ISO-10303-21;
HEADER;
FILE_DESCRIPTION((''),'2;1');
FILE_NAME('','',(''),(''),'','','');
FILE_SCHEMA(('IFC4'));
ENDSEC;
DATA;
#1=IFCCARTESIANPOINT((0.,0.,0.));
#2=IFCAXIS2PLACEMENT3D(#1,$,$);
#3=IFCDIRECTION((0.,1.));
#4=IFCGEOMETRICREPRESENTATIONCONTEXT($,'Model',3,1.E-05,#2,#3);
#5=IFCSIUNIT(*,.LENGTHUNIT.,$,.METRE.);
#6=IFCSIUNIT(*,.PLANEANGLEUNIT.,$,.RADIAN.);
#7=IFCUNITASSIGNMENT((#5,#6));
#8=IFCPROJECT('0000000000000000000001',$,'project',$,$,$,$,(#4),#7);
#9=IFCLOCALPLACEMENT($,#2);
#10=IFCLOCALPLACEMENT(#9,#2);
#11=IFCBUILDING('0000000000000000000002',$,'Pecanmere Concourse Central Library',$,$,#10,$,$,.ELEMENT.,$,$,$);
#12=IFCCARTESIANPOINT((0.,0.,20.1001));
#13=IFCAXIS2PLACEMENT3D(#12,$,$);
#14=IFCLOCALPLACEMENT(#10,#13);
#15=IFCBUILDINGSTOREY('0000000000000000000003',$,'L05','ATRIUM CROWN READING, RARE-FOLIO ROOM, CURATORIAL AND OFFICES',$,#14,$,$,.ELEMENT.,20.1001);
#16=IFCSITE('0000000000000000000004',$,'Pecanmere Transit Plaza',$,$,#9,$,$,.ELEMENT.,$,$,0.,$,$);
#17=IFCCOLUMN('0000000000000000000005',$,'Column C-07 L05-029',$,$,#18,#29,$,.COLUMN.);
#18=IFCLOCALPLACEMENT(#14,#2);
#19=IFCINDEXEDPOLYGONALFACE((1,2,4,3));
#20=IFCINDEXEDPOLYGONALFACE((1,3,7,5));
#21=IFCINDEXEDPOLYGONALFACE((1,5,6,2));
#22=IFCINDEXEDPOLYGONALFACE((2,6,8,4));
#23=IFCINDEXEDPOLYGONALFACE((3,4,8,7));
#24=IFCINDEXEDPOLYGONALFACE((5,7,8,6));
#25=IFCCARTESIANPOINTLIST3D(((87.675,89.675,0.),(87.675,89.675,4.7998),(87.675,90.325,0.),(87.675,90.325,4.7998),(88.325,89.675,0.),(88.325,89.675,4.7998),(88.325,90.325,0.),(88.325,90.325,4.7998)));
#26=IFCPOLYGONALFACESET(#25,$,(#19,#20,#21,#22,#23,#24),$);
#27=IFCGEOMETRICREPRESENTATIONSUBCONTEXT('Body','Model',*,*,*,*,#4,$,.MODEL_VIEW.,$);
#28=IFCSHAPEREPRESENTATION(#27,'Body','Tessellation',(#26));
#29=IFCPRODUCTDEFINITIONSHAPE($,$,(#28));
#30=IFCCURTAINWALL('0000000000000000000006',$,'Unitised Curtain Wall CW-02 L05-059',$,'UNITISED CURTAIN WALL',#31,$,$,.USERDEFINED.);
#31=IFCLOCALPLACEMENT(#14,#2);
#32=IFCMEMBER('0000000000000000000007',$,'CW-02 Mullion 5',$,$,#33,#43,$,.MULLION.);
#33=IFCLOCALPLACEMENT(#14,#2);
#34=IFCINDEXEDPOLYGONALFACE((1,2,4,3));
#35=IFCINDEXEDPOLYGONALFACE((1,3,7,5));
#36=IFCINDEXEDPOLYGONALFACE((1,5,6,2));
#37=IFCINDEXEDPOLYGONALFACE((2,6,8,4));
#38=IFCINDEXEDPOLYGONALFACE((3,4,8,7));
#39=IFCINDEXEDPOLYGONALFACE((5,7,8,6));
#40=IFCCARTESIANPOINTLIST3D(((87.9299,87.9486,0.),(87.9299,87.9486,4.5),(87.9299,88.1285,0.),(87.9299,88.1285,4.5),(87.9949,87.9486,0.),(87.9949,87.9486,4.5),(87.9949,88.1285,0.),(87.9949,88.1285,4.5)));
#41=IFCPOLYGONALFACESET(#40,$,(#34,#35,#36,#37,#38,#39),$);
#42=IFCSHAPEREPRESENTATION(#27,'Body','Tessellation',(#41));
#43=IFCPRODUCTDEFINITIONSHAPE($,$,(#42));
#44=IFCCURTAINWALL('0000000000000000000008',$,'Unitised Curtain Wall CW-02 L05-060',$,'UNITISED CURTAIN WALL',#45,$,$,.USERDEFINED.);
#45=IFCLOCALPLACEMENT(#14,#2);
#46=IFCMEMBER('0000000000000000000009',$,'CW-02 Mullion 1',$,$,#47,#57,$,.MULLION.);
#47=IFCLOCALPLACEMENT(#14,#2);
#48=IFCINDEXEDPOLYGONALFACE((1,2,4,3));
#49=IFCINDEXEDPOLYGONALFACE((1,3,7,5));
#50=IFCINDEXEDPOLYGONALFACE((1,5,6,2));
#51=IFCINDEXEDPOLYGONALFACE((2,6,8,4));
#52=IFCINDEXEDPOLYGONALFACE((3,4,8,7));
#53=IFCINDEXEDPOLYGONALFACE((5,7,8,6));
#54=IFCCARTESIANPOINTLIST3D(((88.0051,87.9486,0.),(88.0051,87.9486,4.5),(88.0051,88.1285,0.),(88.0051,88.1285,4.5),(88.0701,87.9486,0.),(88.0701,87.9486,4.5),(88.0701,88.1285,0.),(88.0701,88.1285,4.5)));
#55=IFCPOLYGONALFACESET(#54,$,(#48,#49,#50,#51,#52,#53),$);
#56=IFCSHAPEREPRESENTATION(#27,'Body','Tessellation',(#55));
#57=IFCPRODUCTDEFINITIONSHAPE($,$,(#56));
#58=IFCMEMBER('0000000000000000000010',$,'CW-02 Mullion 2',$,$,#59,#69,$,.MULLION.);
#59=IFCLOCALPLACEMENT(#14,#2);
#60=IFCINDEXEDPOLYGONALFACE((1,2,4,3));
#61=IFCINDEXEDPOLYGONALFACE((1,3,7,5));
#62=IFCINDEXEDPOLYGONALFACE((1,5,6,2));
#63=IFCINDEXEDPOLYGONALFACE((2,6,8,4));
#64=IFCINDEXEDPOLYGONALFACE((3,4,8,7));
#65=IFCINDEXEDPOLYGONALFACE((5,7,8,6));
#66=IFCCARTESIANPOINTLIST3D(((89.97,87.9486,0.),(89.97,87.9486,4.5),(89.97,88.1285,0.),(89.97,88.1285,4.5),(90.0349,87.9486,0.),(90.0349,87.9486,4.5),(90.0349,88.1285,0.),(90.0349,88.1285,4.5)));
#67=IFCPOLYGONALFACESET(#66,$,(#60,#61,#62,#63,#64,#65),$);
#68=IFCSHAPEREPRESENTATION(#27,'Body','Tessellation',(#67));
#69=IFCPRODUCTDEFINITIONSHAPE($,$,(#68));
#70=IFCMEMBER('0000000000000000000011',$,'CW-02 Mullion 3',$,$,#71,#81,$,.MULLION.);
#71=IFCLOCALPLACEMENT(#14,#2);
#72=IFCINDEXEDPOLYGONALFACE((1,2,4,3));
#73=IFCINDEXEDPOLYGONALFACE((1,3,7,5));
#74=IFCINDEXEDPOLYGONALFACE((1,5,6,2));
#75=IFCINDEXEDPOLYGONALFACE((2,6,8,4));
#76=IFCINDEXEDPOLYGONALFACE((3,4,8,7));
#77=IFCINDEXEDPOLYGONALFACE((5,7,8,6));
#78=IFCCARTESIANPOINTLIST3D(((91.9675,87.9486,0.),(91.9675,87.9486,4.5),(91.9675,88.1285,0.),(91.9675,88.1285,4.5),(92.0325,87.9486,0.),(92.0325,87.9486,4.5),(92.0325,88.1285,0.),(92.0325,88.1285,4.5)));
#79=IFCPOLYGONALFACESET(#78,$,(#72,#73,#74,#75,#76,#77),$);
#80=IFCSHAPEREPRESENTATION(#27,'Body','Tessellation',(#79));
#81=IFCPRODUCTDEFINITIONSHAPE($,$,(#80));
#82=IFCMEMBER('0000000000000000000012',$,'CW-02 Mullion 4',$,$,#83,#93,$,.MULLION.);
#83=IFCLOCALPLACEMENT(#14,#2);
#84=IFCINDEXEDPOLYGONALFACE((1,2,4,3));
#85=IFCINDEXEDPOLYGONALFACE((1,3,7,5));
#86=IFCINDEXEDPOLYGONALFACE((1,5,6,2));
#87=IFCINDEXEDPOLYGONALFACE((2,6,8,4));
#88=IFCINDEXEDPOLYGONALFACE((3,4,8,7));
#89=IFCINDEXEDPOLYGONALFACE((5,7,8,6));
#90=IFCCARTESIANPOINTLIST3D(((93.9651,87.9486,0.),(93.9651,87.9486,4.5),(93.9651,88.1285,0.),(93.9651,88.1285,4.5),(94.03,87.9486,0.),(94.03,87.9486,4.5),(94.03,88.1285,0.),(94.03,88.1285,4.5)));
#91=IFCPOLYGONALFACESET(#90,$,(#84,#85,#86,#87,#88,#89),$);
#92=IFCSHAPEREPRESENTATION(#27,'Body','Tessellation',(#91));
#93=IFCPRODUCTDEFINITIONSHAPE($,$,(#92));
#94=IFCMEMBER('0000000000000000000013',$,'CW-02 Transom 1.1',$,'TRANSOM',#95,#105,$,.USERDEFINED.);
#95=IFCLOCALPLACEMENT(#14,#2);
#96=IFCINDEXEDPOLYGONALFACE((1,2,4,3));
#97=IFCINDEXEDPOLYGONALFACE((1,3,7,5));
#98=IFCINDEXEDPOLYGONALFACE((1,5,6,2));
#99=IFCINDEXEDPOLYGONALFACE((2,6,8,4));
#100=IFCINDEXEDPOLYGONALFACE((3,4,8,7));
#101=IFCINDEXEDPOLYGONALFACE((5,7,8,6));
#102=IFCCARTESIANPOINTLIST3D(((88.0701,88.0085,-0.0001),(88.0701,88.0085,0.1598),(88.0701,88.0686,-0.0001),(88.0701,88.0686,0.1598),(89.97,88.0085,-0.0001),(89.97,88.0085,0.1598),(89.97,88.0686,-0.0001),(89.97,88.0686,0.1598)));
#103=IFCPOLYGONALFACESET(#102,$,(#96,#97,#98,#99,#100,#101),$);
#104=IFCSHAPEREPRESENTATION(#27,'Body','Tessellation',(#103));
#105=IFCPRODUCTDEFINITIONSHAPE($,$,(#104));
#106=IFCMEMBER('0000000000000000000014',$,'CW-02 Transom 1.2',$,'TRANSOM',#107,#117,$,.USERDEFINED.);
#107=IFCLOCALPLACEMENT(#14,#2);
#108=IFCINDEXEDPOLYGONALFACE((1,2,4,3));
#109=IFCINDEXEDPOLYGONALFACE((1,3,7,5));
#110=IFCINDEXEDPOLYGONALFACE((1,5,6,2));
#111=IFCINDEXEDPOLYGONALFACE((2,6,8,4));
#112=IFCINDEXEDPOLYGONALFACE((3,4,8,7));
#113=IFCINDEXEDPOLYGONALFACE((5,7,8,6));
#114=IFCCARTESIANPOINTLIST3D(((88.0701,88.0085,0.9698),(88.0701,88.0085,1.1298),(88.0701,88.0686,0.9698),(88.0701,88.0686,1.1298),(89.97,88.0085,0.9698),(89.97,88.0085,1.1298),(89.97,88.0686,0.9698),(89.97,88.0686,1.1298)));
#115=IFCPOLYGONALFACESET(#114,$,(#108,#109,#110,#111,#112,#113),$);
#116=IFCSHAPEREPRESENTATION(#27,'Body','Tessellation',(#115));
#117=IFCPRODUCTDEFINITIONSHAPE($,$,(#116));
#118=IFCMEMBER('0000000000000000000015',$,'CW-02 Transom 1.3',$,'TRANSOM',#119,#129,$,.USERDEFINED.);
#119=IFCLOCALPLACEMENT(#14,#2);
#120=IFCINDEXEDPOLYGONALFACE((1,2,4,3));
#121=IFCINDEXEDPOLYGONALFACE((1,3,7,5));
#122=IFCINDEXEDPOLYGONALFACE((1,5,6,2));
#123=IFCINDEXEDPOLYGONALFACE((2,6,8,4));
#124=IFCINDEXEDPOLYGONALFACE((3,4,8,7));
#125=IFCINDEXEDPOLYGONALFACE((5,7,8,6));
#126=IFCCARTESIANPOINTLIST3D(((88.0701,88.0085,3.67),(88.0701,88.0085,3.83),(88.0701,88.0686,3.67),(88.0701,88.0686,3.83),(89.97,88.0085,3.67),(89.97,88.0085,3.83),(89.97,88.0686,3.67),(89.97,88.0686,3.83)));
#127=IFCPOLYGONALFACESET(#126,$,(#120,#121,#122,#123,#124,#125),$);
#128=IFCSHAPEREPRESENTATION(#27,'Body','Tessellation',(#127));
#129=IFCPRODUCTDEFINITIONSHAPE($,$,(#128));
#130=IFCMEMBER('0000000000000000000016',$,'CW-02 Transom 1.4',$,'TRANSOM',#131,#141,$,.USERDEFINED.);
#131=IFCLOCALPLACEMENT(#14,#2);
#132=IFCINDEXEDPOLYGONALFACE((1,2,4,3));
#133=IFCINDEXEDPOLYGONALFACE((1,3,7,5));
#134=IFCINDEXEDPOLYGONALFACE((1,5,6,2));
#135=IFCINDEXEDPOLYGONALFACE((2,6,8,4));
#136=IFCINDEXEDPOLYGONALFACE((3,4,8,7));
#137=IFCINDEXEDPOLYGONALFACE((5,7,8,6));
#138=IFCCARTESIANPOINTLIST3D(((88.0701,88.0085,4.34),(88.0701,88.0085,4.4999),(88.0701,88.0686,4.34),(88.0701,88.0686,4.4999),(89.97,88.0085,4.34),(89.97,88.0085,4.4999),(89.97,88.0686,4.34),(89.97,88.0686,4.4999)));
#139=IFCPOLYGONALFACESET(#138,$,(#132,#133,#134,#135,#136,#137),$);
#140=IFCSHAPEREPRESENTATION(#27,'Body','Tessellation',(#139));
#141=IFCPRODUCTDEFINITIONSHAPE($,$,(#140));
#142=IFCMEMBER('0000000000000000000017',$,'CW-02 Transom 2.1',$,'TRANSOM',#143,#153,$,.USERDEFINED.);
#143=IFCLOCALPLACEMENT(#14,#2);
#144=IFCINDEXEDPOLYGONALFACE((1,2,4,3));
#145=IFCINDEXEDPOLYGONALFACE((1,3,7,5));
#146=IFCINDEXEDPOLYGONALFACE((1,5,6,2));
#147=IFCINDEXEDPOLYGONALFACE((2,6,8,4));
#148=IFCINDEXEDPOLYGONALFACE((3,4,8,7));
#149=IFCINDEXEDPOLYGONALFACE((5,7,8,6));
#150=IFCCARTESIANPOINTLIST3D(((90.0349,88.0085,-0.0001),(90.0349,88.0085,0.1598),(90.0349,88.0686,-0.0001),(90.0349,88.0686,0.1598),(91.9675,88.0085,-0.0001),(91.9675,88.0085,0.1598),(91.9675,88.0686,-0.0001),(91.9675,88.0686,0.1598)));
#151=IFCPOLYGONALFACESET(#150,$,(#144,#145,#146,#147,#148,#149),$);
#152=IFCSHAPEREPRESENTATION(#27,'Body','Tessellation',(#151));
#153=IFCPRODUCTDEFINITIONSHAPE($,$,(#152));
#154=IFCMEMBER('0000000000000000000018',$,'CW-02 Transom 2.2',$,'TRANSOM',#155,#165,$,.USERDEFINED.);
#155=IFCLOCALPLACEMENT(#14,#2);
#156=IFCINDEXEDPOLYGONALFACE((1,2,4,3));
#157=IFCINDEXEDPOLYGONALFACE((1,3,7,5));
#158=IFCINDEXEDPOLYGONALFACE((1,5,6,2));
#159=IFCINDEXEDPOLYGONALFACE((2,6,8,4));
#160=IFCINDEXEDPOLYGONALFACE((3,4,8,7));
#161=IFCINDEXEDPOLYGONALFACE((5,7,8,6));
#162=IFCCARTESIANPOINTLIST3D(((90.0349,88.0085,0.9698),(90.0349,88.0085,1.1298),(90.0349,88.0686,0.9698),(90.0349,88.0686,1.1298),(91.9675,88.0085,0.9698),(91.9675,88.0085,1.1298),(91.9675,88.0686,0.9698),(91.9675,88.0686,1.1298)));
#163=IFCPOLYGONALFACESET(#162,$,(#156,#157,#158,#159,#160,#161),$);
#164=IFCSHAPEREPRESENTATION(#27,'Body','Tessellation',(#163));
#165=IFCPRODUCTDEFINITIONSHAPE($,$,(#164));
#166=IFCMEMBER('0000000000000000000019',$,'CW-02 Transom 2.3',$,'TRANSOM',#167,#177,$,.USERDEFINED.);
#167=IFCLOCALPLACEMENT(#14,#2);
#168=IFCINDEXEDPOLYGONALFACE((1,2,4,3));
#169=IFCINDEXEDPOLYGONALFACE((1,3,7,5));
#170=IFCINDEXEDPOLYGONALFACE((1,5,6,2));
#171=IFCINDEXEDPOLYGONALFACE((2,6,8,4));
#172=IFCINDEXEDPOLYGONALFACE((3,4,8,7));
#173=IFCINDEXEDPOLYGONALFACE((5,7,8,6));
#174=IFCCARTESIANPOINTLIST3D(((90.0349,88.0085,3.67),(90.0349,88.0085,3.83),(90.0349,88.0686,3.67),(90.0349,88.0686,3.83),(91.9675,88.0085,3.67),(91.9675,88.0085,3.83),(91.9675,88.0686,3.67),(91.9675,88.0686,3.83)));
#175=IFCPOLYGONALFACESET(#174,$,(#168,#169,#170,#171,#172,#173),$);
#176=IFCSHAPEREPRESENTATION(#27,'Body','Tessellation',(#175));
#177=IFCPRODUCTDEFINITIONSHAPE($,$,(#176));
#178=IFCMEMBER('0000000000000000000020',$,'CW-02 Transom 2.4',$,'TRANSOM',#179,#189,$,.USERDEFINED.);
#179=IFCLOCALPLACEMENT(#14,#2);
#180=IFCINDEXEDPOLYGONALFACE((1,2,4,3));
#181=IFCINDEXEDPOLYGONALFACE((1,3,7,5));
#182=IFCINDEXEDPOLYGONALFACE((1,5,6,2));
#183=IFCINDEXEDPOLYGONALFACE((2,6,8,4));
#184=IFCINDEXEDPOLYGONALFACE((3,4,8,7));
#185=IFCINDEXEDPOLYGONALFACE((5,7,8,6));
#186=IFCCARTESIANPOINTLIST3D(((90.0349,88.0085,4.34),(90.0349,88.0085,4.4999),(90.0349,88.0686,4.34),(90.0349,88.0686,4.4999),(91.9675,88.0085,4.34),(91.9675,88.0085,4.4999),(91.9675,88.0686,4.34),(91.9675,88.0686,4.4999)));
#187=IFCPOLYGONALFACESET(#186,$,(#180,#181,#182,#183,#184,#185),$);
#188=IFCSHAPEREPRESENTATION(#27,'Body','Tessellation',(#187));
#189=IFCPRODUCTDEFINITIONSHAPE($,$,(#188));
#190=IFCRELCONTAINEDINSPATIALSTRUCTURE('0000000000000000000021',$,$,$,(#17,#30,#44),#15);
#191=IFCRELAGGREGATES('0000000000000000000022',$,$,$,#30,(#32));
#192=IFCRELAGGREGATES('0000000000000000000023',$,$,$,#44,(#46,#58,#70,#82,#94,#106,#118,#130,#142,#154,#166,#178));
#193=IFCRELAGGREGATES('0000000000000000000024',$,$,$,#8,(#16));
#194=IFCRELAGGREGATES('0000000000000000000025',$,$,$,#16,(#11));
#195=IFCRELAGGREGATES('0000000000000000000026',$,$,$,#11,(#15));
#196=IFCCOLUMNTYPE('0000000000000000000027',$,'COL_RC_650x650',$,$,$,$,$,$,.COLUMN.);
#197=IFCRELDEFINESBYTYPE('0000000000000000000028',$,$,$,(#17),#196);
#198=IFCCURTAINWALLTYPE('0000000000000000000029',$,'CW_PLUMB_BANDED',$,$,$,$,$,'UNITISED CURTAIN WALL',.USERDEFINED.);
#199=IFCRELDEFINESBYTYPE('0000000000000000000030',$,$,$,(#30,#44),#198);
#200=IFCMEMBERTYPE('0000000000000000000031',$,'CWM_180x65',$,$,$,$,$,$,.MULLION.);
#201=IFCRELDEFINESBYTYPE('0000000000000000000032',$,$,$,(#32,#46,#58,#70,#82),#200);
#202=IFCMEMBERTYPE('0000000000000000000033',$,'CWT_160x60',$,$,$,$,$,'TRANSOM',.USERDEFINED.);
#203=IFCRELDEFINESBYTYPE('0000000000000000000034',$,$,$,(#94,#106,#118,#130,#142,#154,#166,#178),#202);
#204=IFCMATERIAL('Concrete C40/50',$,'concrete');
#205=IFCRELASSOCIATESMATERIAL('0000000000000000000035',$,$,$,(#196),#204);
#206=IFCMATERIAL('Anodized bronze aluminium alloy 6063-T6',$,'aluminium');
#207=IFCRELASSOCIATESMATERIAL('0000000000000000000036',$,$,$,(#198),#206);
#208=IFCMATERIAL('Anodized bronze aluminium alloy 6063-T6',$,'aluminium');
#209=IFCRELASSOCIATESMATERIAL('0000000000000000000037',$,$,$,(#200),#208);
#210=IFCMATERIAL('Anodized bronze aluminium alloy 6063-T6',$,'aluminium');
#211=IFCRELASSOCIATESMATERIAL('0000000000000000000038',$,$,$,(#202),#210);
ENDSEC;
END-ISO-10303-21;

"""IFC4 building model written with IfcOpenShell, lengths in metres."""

from ifc_helpers import new_model, si_unit, direction, frame, origin, origin_2d, place, context, subcontext, project, spatial, rectangle, extrude, material, material_profile, profile_set, type_object, element, aggregate, save


model = new_model("IFC4")

# Units and contexts
model_context = context("Model", 3, precision=1e-05, world=origin(), true_north=direction((0.0, 1.0)))
body_context = subcontext(model_context, "Body", "Model", "MODEL_VIEW")
ifc_project = project(units=[si_unit("LENGTHUNIT", "METRE"), si_unit("PLANEANGLEUNIT", "RADIAN")], contexts=[model_context])

# Site, building, storey
site_placement = place(None, origin())
site = spatial("IfcSite", under=ifc_project, at=site_placement, Name="Pecanmere Transit Plaza", CompositionType="ELEMENT", RefElevation=0.0)
building_placement = place(site_placement, origin())
building = spatial("IfcBuilding", under=site, at=building_placement, Name="Pecanmere Concourse Central Library", CompositionType="ELEMENT")
storey_placement = place(building_placement, frame((0.0, 0.0, 20.1001)))
storey = spatial("IfcBuildingStorey", under=building, at=storey_placement, Name="L05", Description="ATRIUM CROWN READING, RARE-FOLIO ROOM, CURATORIAL AND OFFICES", CompositionType="ELEMENT", Elevation=20.1001)

# Column
ifc_material_1 = material(Name="Concrete C40/50", Category="concrete")
ifc_material_profile_1 = material_profile(ifc_material_1, rectangle(XDim=0.6499, YDim=0.6499, at=origin_2d()), Name="RC 650x650")
ifc_profile_set_1 = profile_set([ifc_material_profile_1], Name="Concrete C40/50")
column_type = type_object("IfcColumnType", Name="COL_RC_650x650", PredefinedType="COLUMN", material=ifc_profile_set_1)
column_placement = place(storey_placement, frame((88.0, 90.0, 0.0), z_axis=(0.0, 0.0, 1.0), x_axis=(1.0, 0.0, 0.0)))
element("IfcColumn", 1, at=column_placement, inside=storey, type_object=column_type, Name="Column C-07 L05-029", PredefinedType="COLUMN", context=body_context, shape_type="SweptSolid", body=[
    extrude(rectangle(XDim=0.6499, YDim=0.6499, at=origin_2d()), origin(), (0.0, 0.0, 1.0), 4.7998),
])

# Curtain wall, member
ifc_material_2 = material(Name="Anodized bronze aluminium alloy 6063-T6", Category="aluminium")
curtain_wall_type = type_object("IfcCurtainWallType", Name="CW_PLUMB_BANDED", ElementType="UNITISED CURTAIN WALL", PredefinedType="USERDEFINED", material=ifc_material_2)
curtain_wall_1_placement = place(storey_placement, origin())
curtain_wall_1 = element("IfcCurtainWall", 2, at=curtain_wall_1_placement, inside=storey, type_object=curtain_wall_type, Name="Unitised Curtain Wall CW-02 L05-059", ObjectType="UNITISED CURTAIN WALL", PredefinedType="USERDEFINED")
ifc_material_3 = material(Name="Anodized bronze aluminium alloy 6063-T6", Category="aluminium")
ifc_material_profile_2 = material_profile(ifc_material_3, rectangle(XDim=0.0649, YDim=0.1799, at=origin_2d()), Name="AL 65x180")
ifc_profile_set_2 = profile_set([ifc_material_profile_2], Name="Anodized bronze aluminium alloy 6063-T6")
member_type_1 = type_object("IfcMemberType", Name="CWM_180x65", PredefinedType="MULLION", material=ifc_profile_set_2)
member_1_placement = place(storey_placement, frame((87.9624, 88.0386, 0.0), z_axis=(0.0, 0.0, 1.0), x_axis=(1.0, 0.0, 0.0)))
member_1 = element("IfcMember", 3, at=member_1_placement, type_object=member_type_1, Name="CW-02 Mullion 5", PredefinedType="MULLION", context=body_context, shape_type="SweptSolid", body=[
    extrude(rectangle(XDim=0.0649, YDim=0.1799, at=origin_2d()), origin(), (0.0, 0.0, 1.0), 4.5),
])

# Curtain wall, members
curtain_wall_2_placement = place(storey_placement, origin())
curtain_wall_2 = element("IfcCurtainWall", 4, at=curtain_wall_2_placement, inside=storey, type_object=curtain_wall_type, Name="Unitised Curtain Wall CW-02 L05-060", ObjectType="UNITISED CURTAIN WALL", PredefinedType="USERDEFINED")
member_2_placement = place(storey_placement, frame((88.0376, 88.0386, 0.0), z_axis=(0.0, 0.0, 1.0), x_axis=(1.0, 0.0, 0.0)))
member_2 = element("IfcMember", 5, at=member_2_placement, type_object=member_type_1, Name="CW-02 Mullion 1", PredefinedType="MULLION", context=body_context, shape_type="SweptSolid", body=[
    extrude(rectangle(XDim=0.0649, YDim=0.1799, at=origin_2d()), origin(), (0.0, 0.0, 1.0), 4.5),
])
member_3_placement = place(storey_placement, frame((90.0024, 88.0386, 0.0), z_axis=(0.0, 0.0, 1.0), x_axis=(1.0, 0.0, 0.0)))
member_3 = element("IfcMember", 6, at=member_3_placement, type_object=member_type_1, Name="CW-02 Mullion 2", PredefinedType="MULLION", context=body_context, shape_type="SweptSolid", body=[
    extrude(rectangle(XDim=0.0649, YDim=0.1799, at=origin_2d()), origin(), (0.0, 0.0, 1.0), 4.5),
])
member_4_placement = place(storey_placement, frame((92.0, 88.0386, 0.0), z_axis=(0.0, 0.0, 1.0), x_axis=(1.0, 0.0, 0.0)))
member_4 = element("IfcMember", 7, at=member_4_placement, type_object=member_type_1, Name="CW-02 Mullion 3", PredefinedType="MULLION", context=body_context, shape_type="SweptSolid", body=[
    extrude(rectangle(XDim=0.0649, YDim=0.1799, at=origin_2d()), origin(), (0.0, 0.0, 1.0), 4.5),
])
member_5_placement = place(storey_placement, frame((93.9976, 88.0386, 0.0), z_axis=(0.0, 0.0, 1.0), x_axis=(1.0, 0.0, 0.0)))
member_5 = element("IfcMember", 8, at=member_5_placement, type_object=member_type_1, Name="CW-02 Mullion 4", PredefinedType="MULLION", context=body_context, shape_type="SweptSolid", body=[
    extrude(rectangle(XDim=0.0649, YDim=0.1799, at=origin_2d()), origin(), (0.0, 0.0, 1.0), 4.5),
])
ifc_material_4 = material(Name="Anodized bronze aluminium alloy 6063-T6", Category="aluminium")
ifc_material_profile_3 = material_profile(ifc_material_4, rectangle(XDim=0.0601, YDim=0.1599, at=origin_2d()), Name="AL 60x160")
ifc_profile_set_3 = profile_set([ifc_material_profile_3], Name="Anodized bronze aluminium alloy 6063-T6")
member_type_2 = type_object("IfcMemberType", Name="CWT_160x60", ElementType="TRANSOM", PredefinedType="USERDEFINED", material=ifc_profile_set_3)
member_6_placement = place(storey_placement, frame((88.0701, 88.0386, 0.0798), z_axis=(1.0, 0.0, 0.0), x_axis=(0.0, 1.0, 0.0)))
member_6 = element("IfcMember", 9, at=member_6_placement, type_object=member_type_2, Name="CW-02 Transom 1.1", ObjectType="TRANSOM", PredefinedType="USERDEFINED", context=body_context, shape_type="SweptSolid", body=[
    extrude(rectangle(XDim=0.0601, YDim=0.1599, at=origin_2d()), origin(), (0.0, 0.0, 1.0), 1.8999),
])
member_7_placement = place(storey_placement, frame((88.0701, 88.0386, 1.0498), z_axis=(1.0, 0.0, 0.0), x_axis=(0.0, 1.0, 0.0)))
member_7 = element("IfcMember", 10, at=member_7_placement, type_object=member_type_2, Name="CW-02 Transom 1.2", ObjectType="TRANSOM", PredefinedType="USERDEFINED", context=body_context, shape_type="SweptSolid", body=[
    extrude(rectangle(XDim=0.0601, YDim=0.1599, at=origin_2d()), origin(), (0.0, 0.0, 1.0), 1.8999),
])
member_8_placement = place(storey_placement, frame((88.0701, 88.0386, 3.75), z_axis=(1.0, 0.0, 0.0), x_axis=(0.0, 1.0, 0.0)))
member_8 = element("IfcMember", 11, at=member_8_placement, type_object=member_type_2, Name="CW-02 Transom 1.3", ObjectType="TRANSOM", PredefinedType="USERDEFINED", context=body_context, shape_type="SweptSolid", body=[
    extrude(rectangle(XDim=0.0601, YDim=0.1599, at=origin_2d()), origin(), (0.0, 0.0, 1.0), 1.8999),
])
member_9_placement = place(storey_placement, frame((88.0701, 88.0386, 4.4199), z_axis=(1.0, 0.0, 0.0), x_axis=(0.0, 1.0, 0.0)))
member_9 = element("IfcMember", 12, at=member_9_placement, type_object=member_type_2, Name="CW-02 Transom 1.4", ObjectType="TRANSOM", PredefinedType="USERDEFINED", context=body_context, shape_type="SweptSolid", body=[
    extrude(rectangle(XDim=0.0601, YDim=0.1599, at=origin_2d()), origin(), (0.0, 0.0, 1.0), 1.8999),
])
member_10_placement = place(storey_placement, frame((90.0349, 88.0386, 0.0798), z_axis=(1.0, 0.0, 0.0), x_axis=(0.0, 1.0, 0.0)))
member_10 = element("IfcMember", 13, at=member_10_placement, type_object=member_type_2, Name="CW-02 Transom 2.1", ObjectType="TRANSOM", PredefinedType="USERDEFINED", context=body_context, shape_type="SweptSolid", body=[
    extrude(rectangle(XDim=0.0601, YDim=0.1599, at=origin_2d()), origin(), (0.0, 0.0, 1.0), 1.9326),
])
member_11_placement = place(storey_placement, frame((90.0349, 88.0386, 1.0498), z_axis=(1.0, 0.0, 0.0), x_axis=(0.0, 1.0, 0.0)))
member_11 = element("IfcMember", 14, at=member_11_placement, type_object=member_type_2, Name="CW-02 Transom 2.2", ObjectType="TRANSOM", PredefinedType="USERDEFINED", context=body_context, shape_type="SweptSolid", body=[
    extrude(rectangle(XDim=0.0601, YDim=0.1599, at=origin_2d()), origin(), (0.0, 0.0, 1.0), 1.9326),
])
member_12_placement = place(storey_placement, frame((90.0349, 88.0386, 3.75), z_axis=(1.0, 0.0, 0.0), x_axis=(0.0, 1.0, 0.0)))
member_12 = element("IfcMember", 15, at=member_12_placement, type_object=member_type_2, Name="CW-02 Transom 2.3", ObjectType="TRANSOM", PredefinedType="USERDEFINED", context=body_context, shape_type="SweptSolid", body=[
    extrude(rectangle(XDim=0.0601, YDim=0.1599, at=origin_2d()), origin(), (0.0, 0.0, 1.0), 1.9326),
])
member_13_placement = place(storey_placement, frame((90.0349, 88.0386, 4.4199), z_axis=(1.0, 0.0, 0.0), x_axis=(0.0, 1.0, 0.0)))
member_13 = element("IfcMember", 16, at=member_13_placement, type_object=member_type_2, Name="CW-02 Transom 2.4", ObjectType="TRANSOM", PredefinedType="USERDEFINED", context=body_context, shape_type="SweptSolid", body=[
    extrude(rectangle(XDim=0.0601, YDim=0.1599, at=origin_2d()), origin(), (0.0, 0.0, 1.0), 1.9326),
])

aggregate(curtain_wall_1, [member_1])
aggregate(curtain_wall_2, [member_2, member_3, member_4, member_5, member_6, member_7, member_8, member_9, member_10, member_11, member_12, member_13])

save(model, "model.ifc")
